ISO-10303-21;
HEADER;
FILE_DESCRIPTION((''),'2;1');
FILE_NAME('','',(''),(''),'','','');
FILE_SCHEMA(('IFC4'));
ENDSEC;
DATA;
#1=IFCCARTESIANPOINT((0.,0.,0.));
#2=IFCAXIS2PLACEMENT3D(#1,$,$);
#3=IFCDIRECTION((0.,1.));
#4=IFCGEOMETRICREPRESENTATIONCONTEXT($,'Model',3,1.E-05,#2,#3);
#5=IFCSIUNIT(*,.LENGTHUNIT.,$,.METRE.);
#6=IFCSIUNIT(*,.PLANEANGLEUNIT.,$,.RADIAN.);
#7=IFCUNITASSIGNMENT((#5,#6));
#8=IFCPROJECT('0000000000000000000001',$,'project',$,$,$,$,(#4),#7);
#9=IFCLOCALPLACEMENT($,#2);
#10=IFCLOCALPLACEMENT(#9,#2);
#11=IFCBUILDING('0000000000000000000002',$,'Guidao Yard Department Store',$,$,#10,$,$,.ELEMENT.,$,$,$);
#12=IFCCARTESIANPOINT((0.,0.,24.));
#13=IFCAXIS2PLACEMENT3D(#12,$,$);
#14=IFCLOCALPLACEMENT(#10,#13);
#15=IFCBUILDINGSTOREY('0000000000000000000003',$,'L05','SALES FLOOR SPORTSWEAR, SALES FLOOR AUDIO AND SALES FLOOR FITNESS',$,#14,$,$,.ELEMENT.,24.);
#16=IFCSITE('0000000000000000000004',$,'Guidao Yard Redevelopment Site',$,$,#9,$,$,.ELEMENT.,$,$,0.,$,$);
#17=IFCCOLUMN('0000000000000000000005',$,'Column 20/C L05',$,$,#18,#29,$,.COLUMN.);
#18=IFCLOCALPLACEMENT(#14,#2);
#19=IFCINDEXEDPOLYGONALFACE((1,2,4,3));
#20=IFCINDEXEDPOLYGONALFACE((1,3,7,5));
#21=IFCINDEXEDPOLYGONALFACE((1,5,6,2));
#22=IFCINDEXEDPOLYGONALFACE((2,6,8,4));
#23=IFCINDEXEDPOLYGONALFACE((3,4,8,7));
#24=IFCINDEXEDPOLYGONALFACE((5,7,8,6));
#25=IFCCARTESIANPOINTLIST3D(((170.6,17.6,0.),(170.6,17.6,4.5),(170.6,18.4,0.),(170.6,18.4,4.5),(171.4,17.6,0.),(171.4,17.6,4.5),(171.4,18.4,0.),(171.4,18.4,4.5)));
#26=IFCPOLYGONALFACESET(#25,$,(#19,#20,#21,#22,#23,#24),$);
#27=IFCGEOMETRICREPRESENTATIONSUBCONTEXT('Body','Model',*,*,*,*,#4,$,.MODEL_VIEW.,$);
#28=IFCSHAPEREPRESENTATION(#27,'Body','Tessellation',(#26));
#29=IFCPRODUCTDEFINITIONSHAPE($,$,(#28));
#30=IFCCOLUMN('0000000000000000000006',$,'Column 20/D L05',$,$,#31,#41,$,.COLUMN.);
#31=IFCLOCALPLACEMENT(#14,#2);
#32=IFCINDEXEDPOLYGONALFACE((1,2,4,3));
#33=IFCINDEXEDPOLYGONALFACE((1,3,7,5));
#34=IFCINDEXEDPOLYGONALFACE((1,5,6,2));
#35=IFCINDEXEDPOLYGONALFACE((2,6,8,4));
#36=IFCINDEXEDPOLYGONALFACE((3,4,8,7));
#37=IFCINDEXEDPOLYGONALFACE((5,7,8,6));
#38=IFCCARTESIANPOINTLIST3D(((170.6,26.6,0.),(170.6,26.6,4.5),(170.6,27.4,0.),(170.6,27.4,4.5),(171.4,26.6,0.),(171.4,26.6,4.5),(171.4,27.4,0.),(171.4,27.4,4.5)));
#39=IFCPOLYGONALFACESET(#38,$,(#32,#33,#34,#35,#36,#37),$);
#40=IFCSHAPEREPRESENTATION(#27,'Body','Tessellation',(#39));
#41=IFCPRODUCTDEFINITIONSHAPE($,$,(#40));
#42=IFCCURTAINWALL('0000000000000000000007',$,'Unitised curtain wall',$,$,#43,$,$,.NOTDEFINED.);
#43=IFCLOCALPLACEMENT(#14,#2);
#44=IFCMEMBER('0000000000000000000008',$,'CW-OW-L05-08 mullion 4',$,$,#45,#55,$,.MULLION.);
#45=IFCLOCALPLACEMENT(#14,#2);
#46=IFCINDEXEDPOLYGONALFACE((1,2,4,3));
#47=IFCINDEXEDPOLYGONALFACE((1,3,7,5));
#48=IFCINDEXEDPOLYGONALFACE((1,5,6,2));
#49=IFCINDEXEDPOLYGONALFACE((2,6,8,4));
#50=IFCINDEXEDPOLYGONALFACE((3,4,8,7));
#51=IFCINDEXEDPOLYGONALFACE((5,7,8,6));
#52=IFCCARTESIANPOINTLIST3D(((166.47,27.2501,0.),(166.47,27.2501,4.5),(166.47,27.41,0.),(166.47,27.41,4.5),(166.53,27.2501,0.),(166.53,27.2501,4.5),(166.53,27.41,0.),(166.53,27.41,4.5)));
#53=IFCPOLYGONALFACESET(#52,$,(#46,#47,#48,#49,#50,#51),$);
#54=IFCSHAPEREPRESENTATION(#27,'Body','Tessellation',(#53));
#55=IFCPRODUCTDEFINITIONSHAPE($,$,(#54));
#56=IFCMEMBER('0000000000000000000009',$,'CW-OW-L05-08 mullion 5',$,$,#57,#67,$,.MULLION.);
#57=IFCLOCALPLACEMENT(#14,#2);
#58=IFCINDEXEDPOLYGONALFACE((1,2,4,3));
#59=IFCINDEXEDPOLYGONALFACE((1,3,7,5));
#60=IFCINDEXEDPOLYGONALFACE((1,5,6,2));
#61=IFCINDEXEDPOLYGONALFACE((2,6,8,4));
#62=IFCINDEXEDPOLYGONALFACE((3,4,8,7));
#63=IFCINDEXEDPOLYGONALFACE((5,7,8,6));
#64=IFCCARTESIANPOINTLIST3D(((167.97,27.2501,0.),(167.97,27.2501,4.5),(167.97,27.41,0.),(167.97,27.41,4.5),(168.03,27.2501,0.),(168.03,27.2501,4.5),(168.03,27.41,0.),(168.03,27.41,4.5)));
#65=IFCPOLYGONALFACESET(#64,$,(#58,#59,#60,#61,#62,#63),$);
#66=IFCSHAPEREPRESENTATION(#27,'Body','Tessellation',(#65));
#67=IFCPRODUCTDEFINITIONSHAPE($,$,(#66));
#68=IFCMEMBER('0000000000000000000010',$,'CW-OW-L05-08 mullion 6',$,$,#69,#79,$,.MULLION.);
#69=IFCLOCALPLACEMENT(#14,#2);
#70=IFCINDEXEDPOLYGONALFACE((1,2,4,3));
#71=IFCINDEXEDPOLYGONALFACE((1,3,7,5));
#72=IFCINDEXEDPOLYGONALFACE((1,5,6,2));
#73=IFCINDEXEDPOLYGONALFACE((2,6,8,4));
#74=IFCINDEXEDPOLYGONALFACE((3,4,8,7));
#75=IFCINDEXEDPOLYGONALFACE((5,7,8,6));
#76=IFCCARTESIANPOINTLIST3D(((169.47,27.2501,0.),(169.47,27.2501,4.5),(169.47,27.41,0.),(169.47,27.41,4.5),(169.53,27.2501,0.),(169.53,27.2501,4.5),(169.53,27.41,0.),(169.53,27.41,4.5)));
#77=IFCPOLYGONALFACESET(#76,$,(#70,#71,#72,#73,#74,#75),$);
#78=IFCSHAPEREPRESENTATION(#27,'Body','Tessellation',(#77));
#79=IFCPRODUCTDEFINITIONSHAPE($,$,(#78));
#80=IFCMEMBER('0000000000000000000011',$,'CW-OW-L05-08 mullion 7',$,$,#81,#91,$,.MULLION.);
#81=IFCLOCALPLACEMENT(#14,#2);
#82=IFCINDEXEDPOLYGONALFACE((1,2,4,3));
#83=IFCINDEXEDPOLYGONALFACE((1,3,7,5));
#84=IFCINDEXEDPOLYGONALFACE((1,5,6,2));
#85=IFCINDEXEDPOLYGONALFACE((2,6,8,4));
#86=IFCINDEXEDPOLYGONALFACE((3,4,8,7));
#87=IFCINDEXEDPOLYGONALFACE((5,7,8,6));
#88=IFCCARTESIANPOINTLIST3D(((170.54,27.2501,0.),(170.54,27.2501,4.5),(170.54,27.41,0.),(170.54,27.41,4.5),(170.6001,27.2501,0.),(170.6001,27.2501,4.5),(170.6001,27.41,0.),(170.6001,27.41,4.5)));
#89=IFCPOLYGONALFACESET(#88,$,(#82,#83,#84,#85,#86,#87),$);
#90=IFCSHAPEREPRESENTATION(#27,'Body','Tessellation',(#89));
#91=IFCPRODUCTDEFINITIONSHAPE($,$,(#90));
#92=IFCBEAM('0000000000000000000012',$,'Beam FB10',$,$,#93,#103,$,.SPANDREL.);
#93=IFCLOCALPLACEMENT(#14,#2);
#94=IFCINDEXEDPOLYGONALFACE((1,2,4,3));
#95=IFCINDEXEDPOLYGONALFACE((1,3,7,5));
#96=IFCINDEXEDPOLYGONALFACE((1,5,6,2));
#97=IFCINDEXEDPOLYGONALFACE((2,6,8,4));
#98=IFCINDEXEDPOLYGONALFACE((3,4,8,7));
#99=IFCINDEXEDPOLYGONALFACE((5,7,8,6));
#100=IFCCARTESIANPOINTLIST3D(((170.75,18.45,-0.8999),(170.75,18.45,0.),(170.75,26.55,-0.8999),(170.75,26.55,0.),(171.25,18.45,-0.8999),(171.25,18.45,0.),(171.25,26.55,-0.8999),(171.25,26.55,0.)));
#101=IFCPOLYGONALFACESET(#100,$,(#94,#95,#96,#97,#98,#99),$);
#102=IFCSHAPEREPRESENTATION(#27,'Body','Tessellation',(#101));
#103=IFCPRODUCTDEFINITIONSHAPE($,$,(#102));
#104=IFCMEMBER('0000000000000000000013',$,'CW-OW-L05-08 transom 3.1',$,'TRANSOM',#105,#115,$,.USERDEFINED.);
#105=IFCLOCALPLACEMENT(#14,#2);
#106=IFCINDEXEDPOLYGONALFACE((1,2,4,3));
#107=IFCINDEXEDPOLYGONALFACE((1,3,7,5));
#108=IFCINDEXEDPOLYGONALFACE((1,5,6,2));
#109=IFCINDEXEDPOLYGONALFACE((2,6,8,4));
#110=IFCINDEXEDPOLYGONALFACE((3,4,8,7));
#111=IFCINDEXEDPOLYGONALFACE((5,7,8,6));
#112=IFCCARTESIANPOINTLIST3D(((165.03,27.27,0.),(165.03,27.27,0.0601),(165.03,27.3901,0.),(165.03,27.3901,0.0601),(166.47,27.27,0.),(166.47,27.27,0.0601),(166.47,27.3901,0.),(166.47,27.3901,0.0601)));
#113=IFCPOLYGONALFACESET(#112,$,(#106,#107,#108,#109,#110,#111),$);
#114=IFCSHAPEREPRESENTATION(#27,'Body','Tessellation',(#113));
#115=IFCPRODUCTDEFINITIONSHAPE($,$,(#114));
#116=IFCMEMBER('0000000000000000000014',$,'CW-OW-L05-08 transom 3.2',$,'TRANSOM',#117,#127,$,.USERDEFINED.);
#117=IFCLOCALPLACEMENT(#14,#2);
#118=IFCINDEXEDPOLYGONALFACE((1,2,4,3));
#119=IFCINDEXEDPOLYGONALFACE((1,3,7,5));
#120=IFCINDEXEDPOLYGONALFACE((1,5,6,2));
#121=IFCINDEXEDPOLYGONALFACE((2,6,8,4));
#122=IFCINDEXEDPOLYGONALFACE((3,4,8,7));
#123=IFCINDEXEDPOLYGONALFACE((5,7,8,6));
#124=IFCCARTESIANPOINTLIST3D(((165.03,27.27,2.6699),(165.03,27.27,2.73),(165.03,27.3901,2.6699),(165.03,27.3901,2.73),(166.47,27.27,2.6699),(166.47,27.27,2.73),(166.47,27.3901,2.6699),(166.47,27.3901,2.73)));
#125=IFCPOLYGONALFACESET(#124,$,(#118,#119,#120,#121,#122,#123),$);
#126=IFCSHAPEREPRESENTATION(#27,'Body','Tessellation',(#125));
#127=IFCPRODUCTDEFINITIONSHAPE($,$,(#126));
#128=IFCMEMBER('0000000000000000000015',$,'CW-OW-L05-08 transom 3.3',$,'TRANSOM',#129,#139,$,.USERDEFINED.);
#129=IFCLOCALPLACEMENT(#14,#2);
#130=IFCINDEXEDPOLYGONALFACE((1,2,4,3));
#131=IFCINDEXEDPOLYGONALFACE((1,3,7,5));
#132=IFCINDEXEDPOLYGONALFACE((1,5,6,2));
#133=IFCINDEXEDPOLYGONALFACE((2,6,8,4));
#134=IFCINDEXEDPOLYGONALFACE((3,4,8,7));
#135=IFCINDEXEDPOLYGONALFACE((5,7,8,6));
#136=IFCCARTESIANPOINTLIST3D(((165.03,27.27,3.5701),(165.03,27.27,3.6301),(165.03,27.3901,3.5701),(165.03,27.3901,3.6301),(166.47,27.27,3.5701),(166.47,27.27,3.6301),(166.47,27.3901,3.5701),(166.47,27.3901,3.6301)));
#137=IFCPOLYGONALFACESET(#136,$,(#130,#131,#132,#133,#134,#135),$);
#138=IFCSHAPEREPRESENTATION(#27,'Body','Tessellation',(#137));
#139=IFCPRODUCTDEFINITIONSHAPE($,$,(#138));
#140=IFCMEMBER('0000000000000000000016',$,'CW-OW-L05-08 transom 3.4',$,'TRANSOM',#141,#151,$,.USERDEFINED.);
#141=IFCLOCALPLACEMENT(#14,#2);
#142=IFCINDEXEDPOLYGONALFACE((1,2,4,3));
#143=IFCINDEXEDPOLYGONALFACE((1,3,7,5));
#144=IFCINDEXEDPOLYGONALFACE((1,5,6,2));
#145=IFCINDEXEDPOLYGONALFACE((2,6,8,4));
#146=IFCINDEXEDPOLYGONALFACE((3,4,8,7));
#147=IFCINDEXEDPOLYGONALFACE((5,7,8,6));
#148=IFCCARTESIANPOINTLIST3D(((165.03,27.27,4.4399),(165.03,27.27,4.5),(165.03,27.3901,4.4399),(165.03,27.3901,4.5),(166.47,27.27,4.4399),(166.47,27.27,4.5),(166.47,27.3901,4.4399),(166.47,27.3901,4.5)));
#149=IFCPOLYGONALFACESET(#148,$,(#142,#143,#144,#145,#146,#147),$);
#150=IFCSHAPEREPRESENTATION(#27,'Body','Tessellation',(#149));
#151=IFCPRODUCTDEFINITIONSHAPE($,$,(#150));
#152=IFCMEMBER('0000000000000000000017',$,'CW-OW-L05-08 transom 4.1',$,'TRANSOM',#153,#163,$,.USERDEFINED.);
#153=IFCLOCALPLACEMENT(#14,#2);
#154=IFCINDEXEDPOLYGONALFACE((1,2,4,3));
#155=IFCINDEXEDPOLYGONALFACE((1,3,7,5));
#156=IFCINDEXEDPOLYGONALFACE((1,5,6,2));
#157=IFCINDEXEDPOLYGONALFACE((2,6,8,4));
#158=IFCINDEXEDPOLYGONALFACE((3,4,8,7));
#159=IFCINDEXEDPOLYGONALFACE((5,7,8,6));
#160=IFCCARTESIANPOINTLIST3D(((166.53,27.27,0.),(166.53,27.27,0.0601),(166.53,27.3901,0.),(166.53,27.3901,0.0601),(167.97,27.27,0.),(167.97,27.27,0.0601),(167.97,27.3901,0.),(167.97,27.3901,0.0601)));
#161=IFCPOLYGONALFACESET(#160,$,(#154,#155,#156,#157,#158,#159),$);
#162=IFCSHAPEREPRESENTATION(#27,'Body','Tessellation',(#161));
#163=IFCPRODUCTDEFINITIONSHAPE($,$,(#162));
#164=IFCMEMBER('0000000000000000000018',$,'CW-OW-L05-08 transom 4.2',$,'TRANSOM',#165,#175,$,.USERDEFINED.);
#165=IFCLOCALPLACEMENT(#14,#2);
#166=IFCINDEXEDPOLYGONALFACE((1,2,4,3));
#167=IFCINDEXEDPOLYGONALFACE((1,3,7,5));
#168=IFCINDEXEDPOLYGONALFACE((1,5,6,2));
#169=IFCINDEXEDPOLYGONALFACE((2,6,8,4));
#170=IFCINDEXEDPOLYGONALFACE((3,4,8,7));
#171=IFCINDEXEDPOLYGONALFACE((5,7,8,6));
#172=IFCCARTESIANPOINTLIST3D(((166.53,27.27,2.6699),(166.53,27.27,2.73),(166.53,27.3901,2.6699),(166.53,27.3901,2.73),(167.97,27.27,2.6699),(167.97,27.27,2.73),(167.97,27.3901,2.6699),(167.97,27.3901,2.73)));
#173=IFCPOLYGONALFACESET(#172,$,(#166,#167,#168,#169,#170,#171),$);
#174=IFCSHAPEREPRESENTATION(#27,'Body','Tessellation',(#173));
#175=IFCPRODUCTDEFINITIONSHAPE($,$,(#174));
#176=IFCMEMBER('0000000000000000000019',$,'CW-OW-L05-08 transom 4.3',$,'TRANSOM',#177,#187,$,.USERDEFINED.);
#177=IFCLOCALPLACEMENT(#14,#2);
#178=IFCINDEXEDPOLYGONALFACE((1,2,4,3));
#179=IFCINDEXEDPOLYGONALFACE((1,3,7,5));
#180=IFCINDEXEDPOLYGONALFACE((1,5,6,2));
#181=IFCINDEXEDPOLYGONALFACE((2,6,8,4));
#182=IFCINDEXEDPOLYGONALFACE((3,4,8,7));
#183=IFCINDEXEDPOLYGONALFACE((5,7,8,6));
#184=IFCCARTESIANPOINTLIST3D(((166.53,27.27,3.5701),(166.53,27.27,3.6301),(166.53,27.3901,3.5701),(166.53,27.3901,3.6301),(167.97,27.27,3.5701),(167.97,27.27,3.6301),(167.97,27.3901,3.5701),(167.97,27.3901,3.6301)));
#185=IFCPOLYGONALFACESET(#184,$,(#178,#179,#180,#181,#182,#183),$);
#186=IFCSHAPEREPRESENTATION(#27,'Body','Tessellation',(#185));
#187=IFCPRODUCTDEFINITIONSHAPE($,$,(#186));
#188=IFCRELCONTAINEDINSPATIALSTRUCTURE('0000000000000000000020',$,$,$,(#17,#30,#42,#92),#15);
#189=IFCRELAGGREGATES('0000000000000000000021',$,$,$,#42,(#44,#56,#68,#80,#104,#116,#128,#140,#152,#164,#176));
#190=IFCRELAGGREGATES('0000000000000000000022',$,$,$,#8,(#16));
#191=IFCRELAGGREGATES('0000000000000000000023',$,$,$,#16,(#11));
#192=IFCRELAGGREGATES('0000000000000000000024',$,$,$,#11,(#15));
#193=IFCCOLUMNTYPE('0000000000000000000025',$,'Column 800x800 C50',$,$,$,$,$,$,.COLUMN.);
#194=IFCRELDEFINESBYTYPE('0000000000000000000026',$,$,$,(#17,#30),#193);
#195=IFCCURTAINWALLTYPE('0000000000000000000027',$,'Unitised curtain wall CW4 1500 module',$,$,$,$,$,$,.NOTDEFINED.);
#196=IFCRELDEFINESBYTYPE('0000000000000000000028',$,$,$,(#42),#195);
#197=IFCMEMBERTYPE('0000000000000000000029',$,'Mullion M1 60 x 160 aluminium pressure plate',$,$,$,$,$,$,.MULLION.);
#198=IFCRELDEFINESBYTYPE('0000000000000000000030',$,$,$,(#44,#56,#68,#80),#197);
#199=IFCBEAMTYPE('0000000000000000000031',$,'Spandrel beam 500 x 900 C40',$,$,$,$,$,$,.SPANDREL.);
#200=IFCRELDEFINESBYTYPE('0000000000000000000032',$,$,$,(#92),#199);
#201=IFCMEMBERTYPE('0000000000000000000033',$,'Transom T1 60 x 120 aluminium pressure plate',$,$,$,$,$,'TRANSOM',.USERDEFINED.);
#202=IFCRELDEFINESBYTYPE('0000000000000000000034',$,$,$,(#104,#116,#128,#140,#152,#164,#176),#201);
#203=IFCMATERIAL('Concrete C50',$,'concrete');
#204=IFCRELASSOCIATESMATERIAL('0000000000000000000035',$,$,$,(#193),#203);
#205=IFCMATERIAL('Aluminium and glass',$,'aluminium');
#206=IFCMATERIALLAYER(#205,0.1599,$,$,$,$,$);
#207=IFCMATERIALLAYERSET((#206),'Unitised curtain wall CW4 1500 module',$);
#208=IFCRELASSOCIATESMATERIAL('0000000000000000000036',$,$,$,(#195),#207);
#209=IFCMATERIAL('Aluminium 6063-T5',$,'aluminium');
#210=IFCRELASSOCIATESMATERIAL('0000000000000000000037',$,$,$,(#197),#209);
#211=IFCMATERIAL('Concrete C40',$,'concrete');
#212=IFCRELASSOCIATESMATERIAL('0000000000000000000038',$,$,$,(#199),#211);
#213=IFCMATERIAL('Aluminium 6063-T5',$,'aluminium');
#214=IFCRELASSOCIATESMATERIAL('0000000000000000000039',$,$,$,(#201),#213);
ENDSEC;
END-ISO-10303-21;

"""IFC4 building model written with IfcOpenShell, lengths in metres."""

from ifc_helpers import new_model, si_unit, direction, frame, origin, origin_2d, place, context, subcontext, project, spatial, rectangle, extrude, material, layer, layer_set, material_profile, profile_set, type_object, element, aggregate, save


model = new_model("IFC4")

# Units and contexts
model_context = context("Model", 3, precision=1e-05, world=origin(), true_north=direction((0.0, 1.0)))
body_context = subcontext(model_context, "Body", "Model", "MODEL_VIEW")
ifc_project = project(units=[si_unit("LENGTHUNIT", "METRE"), si_unit("PLANEANGLEUNIT", "RADIAN")], contexts=[model_context])

# Site, building, storey
site_placement = place(None, origin())
site = spatial("IfcSite", under=ifc_project, at=site_placement, Name="Guidao Yard Redevelopment Site", CompositionType="ELEMENT", RefElevation=0.0)
building_placement = place(site_placement, origin())
building = spatial("IfcBuilding", under=site, at=building_placement, Name="Guidao Yard Department Store", CompositionType="ELEMENT")
storey_placement = place(building_placement, frame((0.0, 0.0, 24.0)))
storey = spatial("IfcBuildingStorey", under=building, at=storey_placement, Name="L05", Description="SALES FLOOR SPORTSWEAR, SALES FLOOR AUDIO AND SALES FLOOR FITNESS", CompositionType="ELEMENT", Elevation=24.0)

# Columns
ifc_material_1 = material(Name="Concrete C50", Category="concrete")
ifc_material_profile_1 = material_profile(ifc_material_1, rectangle(XDim=0.8, YDim=0.8, at=origin_2d()), Name="COL 800x800")
ifc_profile_set_1 = profile_set([ifc_material_profile_1], Name="Concrete C50")
column_type = type_object("IfcColumnType", Name="Column 800x800 C50", PredefinedType="COLUMN", material=ifc_profile_set_1)
for number, where, z_axis, x_axis, name in (
    (1, (171.0, 18.0, 0.0), (0.0, 0.0, 1.0), (1.0, 0.0, 0.0), "Column 20/C L05"),
    (2, (171.0, 27.0, 0.0), (0.0, 0.0, 1.0), (1.0, 0.0, 0.0), "Column 20/D L05"),
):
    element("IfcColumn", number, at=place(storey_placement, frame(where, z_axis=z_axis, x_axis=x_axis)), inside=storey, type_object=column_type, Name=name, PredefinedType="COLUMN", context=body_context, shape_type="SweptSolid", body=[
        extrude(rectangle(XDim=0.8, YDim=0.8, at=origin_2d()), origin(), (0.0, 0.0, 1.0), 4.5),
    ])

# Curtain wall, members
ifc_material_2 = material(Name="Aluminium and glass", Category="aluminium")
ifc_layer_1 = layer(ifc_material_2, 0.1599)
ifc_layer_set_1 = layer_set([ifc_layer_1], Name="Unitised curtain wall CW4 1500 module")
curtain_wall_type = type_object("IfcCurtainWallType", Name="Unitised curtain wall CW4 1500 module", PredefinedType="NOTDEFINED", material=ifc_layer_set_1)
curtain_wall_1_placement = place(storey_placement, origin())
curtain_wall_1 = element("IfcCurtainWall", 3, at=curtain_wall_1_placement, inside=storey, type_object=curtain_wall_type, Name="Unitised curtain wall", PredefinedType="NOTDEFINED")
ifc_material_3 = material(Name="Aluminium 6063-T5", Category="aluminium")
ifc_material_profile_2 = material_profile(ifc_material_3, rectangle(XDim=0.0601, YDim=0.1599, at=origin_2d()), Name="Mullion M1 60 x 160 aluminium pressure plate")
ifc_profile_set_2 = profile_set([ifc_material_profile_2], Name="Aluminium 6063-T5")
member_type_1 = type_object("IfcMemberType", Name="Mullion M1 60 x 160 aluminium pressure plate", PredefinedType="MULLION", material=ifc_profile_set_2)
member_1_placement = place(storey_placement, frame((166.5, 27.3301, 0.0), z_axis=(0.0, 0.0, 1.0), x_axis=(1.0, 0.0, 0.0)))
member_1 = element("IfcMember", 4, at=member_1_placement, type_object=member_type_1, Name="CW-OW-L05-08 mullion 4", PredefinedType="MULLION", context=body_context, shape_type="SweptSolid", body=[
    extrude(rectangle(XDim=0.0601, YDim=0.1599, at=origin_2d()), origin(), (0.0, 0.0, 1.0), 4.5),
])
member_2_placement = place(storey_placement, frame((168.0, 27.3301, 0.0), z_axis=(0.0, 0.0, 1.0), x_axis=(1.0, 0.0, 0.0)))
member_2 = element("IfcMember", 5, at=member_2_placement, type_object=member_type_1, Name="CW-OW-L05-08 mullion 5", PredefinedType="MULLION", context=body_context, shape_type="SweptSolid", body=[
    extrude(rectangle(XDim=0.0601, YDim=0.1599, at=origin_2d()), origin(), (0.0, 0.0, 1.0), 4.5),
])
member_3_placement = place(storey_placement, frame((169.5, 27.3301, 0.0), z_axis=(0.0, 0.0, 1.0), x_axis=(1.0, 0.0, 0.0)))
member_3 = element("IfcMember", 6, at=member_3_placement, type_object=member_type_1, Name="CW-OW-L05-08 mullion 6", PredefinedType="MULLION", context=body_context, shape_type="SweptSolid", body=[
    extrude(rectangle(XDim=0.0601, YDim=0.1599, at=origin_2d()), origin(), (0.0, 0.0, 1.0), 4.5),
])
member_4_placement = place(storey_placement, frame((170.5701, 27.3301, 0.0), z_axis=(0.0, 0.0, 1.0), x_axis=(1.0, 0.0, 0.0)))
member_4 = element("IfcMember", 7, at=member_4_placement, type_object=member_type_1, Name="CW-OW-L05-08 mullion 7", PredefinedType="MULLION", context=body_context, shape_type="SweptSolid", body=[
    extrude(rectangle(XDim=0.0601, YDim=0.1599, at=origin_2d()), origin(), (0.0, 0.0, 1.0), 4.5),
])

# Beam
ifc_material_4 = material(Name="Concrete C40", Category="concrete")
ifc_material_profile_3 = material_profile(ifc_material_4, rectangle(XDim=0.5, YDim=0.8999, at=origin_2d()), Name="Spandrel beam 500 x 900 C40")
ifc_profile_set_3 = profile_set([ifc_material_profile_3], Name="Concrete C40")
beam_type = type_object("IfcBeamType", Name="Spandrel beam 500 x 900 C40", PredefinedType="SPANDREL", material=ifc_profile_set_3)
beam_placement = place(storey_placement, frame((171.0, 18.45, -0.45), z_axis=(0.0, 1.0, 0.0), x_axis=(-1.0, 0.0, 0.0)))
element("IfcBeam", 8, at=beam_placement, inside=storey, type_object=beam_type, Name="Beam FB10", PredefinedType="SPANDREL", context=body_context, shape_type="SweptSolid", body=[
    extrude(rectangle(XDim=0.5, YDim=0.8999, at=origin_2d()), origin(), (0.0, 0.0, 1.0), 8.1001),
])

# Members
ifc_material_5 = material(Name="Aluminium 6063-T5", Category="aluminium")
ifc_material_profile_4 = material_profile(ifc_material_5, rectangle(XDim=0.1201, YDim=0.0601, at=origin_2d()), Name="Transom T1 60 x 120 aluminium pressure plate")
ifc_profile_set_4 = profile_set([ifc_material_profile_4], Name="Aluminium 6063-T5")
member_type_2 = type_object("IfcMemberType", Name="Transom T1 60 x 120 aluminium pressure plate", ElementType="TRANSOM", PredefinedType="USERDEFINED", material=ifc_profile_set_4)
member_5_placement = place(storey_placement, frame((165.03, 27.3301, 0.03), z_axis=(1.0, 0.0, 0.0), x_axis=(0.0, 1.0, 0.0)))
member_5 = element("IfcMember", 9, at=member_5_placement, type_object=member_type_2, Name="CW-OW-L05-08 transom 3.1", ObjectType="TRANSOM", PredefinedType="USERDEFINED", context=body_context, shape_type="SweptSolid", body=[
    extrude(rectangle(XDim=0.1201, YDim=0.0601, at=origin_2d()), origin(), (0.0, 0.0, 1.0), 1.4399),
])
member_6_placement = place(storey_placement, frame((165.03, 27.3301, 2.7), z_axis=(1.0, 0.0, 0.0), x_axis=(0.0, 1.0, 0.0)))
member_6 = element("IfcMember", 10, at=member_6_placement, type_object=member_type_2, Name="CW-OW-L05-08 transom 3.2", ObjectType="TRANSOM", PredefinedType="USERDEFINED", context=body_context, shape_type="SweptSolid", body=[
    extrude(rectangle(XDim=0.1201, YDim=0.0601, at=origin_2d()), origin(), (0.0, 0.0, 1.0), 1.4399),
])
member_7_placement = place(storey_placement, frame((165.03, 27.3301, 3.6001), z_axis=(1.0, 0.0, 0.0), x_axis=(0.0, 1.0, 0.0)))
member_7 = element("IfcMember", 11, at=member_7_placement, type_object=member_type_2, Name="CW-OW-L05-08 transom 3.3", ObjectType="TRANSOM", PredefinedType="USERDEFINED", context=body_context, shape_type="SweptSolid", body=[
    extrude(rectangle(XDim=0.1201, YDim=0.0601, at=origin_2d()), origin(), (0.0, 0.0, 1.0), 1.4399),
])
member_8_placement = place(storey_placement, frame((165.03, 27.3301, 4.47), z_axis=(1.0, 0.0, 0.0), x_axis=(0.0, 1.0, 0.0)))
member_8 = element("IfcMember", 12, at=member_8_placement, type_object=member_type_2, Name="CW-OW-L05-08 transom 3.4", ObjectType="TRANSOM", PredefinedType="USERDEFINED", context=body_context, shape_type="SweptSolid", body=[
    extrude(rectangle(XDim=0.1201, YDim=0.0601, at=origin_2d()), origin(), (0.0, 0.0, 1.0), 1.4399),
])
member_9_placement = place(storey_placement, frame((166.53, 27.3301, 0.03), z_axis=(1.0, 0.0, 0.0), x_axis=(0.0, 1.0, 0.0)))
member_9 = element("IfcMember", 13, at=member_9_placement, type_object=member_type_2, Name="CW-OW-L05-08 transom 4.1", ObjectType="TRANSOM", PredefinedType="USERDEFINED", context=body_context, shape_type="SweptSolid", body=[
    extrude(rectangle(XDim=0.1201, YDim=0.0601, at=origin_2d()), origin(), (0.0, 0.0, 1.0), 1.4399),
])
member_10_placement = place(storey_placement, frame((166.53, 27.3301, 2.7), z_axis=(1.0, 0.0, 0.0), x_axis=(0.0, 1.0, 0.0)))
member_10 = element("IfcMember", 14, at=member_10_placement, type_object=member_type_2, Name="CW-OW-L05-08 transom 4.2", ObjectType="TRANSOM", PredefinedType="USERDEFINED", context=body_context, shape_type="SweptSolid", body=[
    extrude(rectangle(XDim=0.1201, YDim=0.0601, at=origin_2d()), origin(), (0.0, 0.0, 1.0), 1.4399),
])
member_11_placement = place(storey_placement, frame((166.53, 27.3301, 3.6001), z_axis=(1.0, 0.0, 0.0), x_axis=(0.0, 1.0, 0.0)))
member_11 = element("IfcMember", 15, at=member_11_placement, type_object=member_type_2, Name="CW-OW-L05-08 transom 4.3", ObjectType="TRANSOM", PredefinedType="USERDEFINED", context=body_context, shape_type="SweptSolid", body=[
    extrude(rectangle(XDim=0.1201, YDim=0.0601, at=origin_2d()), origin(), (0.0, 0.0, 1.0), 1.4399),
])

aggregate(curtain_wall_1, [member_1, member_2, member_3, member_4, member_5, member_6, member_7, member_8, member_9, member_10, member_11])

save(model, "model.ifc")
